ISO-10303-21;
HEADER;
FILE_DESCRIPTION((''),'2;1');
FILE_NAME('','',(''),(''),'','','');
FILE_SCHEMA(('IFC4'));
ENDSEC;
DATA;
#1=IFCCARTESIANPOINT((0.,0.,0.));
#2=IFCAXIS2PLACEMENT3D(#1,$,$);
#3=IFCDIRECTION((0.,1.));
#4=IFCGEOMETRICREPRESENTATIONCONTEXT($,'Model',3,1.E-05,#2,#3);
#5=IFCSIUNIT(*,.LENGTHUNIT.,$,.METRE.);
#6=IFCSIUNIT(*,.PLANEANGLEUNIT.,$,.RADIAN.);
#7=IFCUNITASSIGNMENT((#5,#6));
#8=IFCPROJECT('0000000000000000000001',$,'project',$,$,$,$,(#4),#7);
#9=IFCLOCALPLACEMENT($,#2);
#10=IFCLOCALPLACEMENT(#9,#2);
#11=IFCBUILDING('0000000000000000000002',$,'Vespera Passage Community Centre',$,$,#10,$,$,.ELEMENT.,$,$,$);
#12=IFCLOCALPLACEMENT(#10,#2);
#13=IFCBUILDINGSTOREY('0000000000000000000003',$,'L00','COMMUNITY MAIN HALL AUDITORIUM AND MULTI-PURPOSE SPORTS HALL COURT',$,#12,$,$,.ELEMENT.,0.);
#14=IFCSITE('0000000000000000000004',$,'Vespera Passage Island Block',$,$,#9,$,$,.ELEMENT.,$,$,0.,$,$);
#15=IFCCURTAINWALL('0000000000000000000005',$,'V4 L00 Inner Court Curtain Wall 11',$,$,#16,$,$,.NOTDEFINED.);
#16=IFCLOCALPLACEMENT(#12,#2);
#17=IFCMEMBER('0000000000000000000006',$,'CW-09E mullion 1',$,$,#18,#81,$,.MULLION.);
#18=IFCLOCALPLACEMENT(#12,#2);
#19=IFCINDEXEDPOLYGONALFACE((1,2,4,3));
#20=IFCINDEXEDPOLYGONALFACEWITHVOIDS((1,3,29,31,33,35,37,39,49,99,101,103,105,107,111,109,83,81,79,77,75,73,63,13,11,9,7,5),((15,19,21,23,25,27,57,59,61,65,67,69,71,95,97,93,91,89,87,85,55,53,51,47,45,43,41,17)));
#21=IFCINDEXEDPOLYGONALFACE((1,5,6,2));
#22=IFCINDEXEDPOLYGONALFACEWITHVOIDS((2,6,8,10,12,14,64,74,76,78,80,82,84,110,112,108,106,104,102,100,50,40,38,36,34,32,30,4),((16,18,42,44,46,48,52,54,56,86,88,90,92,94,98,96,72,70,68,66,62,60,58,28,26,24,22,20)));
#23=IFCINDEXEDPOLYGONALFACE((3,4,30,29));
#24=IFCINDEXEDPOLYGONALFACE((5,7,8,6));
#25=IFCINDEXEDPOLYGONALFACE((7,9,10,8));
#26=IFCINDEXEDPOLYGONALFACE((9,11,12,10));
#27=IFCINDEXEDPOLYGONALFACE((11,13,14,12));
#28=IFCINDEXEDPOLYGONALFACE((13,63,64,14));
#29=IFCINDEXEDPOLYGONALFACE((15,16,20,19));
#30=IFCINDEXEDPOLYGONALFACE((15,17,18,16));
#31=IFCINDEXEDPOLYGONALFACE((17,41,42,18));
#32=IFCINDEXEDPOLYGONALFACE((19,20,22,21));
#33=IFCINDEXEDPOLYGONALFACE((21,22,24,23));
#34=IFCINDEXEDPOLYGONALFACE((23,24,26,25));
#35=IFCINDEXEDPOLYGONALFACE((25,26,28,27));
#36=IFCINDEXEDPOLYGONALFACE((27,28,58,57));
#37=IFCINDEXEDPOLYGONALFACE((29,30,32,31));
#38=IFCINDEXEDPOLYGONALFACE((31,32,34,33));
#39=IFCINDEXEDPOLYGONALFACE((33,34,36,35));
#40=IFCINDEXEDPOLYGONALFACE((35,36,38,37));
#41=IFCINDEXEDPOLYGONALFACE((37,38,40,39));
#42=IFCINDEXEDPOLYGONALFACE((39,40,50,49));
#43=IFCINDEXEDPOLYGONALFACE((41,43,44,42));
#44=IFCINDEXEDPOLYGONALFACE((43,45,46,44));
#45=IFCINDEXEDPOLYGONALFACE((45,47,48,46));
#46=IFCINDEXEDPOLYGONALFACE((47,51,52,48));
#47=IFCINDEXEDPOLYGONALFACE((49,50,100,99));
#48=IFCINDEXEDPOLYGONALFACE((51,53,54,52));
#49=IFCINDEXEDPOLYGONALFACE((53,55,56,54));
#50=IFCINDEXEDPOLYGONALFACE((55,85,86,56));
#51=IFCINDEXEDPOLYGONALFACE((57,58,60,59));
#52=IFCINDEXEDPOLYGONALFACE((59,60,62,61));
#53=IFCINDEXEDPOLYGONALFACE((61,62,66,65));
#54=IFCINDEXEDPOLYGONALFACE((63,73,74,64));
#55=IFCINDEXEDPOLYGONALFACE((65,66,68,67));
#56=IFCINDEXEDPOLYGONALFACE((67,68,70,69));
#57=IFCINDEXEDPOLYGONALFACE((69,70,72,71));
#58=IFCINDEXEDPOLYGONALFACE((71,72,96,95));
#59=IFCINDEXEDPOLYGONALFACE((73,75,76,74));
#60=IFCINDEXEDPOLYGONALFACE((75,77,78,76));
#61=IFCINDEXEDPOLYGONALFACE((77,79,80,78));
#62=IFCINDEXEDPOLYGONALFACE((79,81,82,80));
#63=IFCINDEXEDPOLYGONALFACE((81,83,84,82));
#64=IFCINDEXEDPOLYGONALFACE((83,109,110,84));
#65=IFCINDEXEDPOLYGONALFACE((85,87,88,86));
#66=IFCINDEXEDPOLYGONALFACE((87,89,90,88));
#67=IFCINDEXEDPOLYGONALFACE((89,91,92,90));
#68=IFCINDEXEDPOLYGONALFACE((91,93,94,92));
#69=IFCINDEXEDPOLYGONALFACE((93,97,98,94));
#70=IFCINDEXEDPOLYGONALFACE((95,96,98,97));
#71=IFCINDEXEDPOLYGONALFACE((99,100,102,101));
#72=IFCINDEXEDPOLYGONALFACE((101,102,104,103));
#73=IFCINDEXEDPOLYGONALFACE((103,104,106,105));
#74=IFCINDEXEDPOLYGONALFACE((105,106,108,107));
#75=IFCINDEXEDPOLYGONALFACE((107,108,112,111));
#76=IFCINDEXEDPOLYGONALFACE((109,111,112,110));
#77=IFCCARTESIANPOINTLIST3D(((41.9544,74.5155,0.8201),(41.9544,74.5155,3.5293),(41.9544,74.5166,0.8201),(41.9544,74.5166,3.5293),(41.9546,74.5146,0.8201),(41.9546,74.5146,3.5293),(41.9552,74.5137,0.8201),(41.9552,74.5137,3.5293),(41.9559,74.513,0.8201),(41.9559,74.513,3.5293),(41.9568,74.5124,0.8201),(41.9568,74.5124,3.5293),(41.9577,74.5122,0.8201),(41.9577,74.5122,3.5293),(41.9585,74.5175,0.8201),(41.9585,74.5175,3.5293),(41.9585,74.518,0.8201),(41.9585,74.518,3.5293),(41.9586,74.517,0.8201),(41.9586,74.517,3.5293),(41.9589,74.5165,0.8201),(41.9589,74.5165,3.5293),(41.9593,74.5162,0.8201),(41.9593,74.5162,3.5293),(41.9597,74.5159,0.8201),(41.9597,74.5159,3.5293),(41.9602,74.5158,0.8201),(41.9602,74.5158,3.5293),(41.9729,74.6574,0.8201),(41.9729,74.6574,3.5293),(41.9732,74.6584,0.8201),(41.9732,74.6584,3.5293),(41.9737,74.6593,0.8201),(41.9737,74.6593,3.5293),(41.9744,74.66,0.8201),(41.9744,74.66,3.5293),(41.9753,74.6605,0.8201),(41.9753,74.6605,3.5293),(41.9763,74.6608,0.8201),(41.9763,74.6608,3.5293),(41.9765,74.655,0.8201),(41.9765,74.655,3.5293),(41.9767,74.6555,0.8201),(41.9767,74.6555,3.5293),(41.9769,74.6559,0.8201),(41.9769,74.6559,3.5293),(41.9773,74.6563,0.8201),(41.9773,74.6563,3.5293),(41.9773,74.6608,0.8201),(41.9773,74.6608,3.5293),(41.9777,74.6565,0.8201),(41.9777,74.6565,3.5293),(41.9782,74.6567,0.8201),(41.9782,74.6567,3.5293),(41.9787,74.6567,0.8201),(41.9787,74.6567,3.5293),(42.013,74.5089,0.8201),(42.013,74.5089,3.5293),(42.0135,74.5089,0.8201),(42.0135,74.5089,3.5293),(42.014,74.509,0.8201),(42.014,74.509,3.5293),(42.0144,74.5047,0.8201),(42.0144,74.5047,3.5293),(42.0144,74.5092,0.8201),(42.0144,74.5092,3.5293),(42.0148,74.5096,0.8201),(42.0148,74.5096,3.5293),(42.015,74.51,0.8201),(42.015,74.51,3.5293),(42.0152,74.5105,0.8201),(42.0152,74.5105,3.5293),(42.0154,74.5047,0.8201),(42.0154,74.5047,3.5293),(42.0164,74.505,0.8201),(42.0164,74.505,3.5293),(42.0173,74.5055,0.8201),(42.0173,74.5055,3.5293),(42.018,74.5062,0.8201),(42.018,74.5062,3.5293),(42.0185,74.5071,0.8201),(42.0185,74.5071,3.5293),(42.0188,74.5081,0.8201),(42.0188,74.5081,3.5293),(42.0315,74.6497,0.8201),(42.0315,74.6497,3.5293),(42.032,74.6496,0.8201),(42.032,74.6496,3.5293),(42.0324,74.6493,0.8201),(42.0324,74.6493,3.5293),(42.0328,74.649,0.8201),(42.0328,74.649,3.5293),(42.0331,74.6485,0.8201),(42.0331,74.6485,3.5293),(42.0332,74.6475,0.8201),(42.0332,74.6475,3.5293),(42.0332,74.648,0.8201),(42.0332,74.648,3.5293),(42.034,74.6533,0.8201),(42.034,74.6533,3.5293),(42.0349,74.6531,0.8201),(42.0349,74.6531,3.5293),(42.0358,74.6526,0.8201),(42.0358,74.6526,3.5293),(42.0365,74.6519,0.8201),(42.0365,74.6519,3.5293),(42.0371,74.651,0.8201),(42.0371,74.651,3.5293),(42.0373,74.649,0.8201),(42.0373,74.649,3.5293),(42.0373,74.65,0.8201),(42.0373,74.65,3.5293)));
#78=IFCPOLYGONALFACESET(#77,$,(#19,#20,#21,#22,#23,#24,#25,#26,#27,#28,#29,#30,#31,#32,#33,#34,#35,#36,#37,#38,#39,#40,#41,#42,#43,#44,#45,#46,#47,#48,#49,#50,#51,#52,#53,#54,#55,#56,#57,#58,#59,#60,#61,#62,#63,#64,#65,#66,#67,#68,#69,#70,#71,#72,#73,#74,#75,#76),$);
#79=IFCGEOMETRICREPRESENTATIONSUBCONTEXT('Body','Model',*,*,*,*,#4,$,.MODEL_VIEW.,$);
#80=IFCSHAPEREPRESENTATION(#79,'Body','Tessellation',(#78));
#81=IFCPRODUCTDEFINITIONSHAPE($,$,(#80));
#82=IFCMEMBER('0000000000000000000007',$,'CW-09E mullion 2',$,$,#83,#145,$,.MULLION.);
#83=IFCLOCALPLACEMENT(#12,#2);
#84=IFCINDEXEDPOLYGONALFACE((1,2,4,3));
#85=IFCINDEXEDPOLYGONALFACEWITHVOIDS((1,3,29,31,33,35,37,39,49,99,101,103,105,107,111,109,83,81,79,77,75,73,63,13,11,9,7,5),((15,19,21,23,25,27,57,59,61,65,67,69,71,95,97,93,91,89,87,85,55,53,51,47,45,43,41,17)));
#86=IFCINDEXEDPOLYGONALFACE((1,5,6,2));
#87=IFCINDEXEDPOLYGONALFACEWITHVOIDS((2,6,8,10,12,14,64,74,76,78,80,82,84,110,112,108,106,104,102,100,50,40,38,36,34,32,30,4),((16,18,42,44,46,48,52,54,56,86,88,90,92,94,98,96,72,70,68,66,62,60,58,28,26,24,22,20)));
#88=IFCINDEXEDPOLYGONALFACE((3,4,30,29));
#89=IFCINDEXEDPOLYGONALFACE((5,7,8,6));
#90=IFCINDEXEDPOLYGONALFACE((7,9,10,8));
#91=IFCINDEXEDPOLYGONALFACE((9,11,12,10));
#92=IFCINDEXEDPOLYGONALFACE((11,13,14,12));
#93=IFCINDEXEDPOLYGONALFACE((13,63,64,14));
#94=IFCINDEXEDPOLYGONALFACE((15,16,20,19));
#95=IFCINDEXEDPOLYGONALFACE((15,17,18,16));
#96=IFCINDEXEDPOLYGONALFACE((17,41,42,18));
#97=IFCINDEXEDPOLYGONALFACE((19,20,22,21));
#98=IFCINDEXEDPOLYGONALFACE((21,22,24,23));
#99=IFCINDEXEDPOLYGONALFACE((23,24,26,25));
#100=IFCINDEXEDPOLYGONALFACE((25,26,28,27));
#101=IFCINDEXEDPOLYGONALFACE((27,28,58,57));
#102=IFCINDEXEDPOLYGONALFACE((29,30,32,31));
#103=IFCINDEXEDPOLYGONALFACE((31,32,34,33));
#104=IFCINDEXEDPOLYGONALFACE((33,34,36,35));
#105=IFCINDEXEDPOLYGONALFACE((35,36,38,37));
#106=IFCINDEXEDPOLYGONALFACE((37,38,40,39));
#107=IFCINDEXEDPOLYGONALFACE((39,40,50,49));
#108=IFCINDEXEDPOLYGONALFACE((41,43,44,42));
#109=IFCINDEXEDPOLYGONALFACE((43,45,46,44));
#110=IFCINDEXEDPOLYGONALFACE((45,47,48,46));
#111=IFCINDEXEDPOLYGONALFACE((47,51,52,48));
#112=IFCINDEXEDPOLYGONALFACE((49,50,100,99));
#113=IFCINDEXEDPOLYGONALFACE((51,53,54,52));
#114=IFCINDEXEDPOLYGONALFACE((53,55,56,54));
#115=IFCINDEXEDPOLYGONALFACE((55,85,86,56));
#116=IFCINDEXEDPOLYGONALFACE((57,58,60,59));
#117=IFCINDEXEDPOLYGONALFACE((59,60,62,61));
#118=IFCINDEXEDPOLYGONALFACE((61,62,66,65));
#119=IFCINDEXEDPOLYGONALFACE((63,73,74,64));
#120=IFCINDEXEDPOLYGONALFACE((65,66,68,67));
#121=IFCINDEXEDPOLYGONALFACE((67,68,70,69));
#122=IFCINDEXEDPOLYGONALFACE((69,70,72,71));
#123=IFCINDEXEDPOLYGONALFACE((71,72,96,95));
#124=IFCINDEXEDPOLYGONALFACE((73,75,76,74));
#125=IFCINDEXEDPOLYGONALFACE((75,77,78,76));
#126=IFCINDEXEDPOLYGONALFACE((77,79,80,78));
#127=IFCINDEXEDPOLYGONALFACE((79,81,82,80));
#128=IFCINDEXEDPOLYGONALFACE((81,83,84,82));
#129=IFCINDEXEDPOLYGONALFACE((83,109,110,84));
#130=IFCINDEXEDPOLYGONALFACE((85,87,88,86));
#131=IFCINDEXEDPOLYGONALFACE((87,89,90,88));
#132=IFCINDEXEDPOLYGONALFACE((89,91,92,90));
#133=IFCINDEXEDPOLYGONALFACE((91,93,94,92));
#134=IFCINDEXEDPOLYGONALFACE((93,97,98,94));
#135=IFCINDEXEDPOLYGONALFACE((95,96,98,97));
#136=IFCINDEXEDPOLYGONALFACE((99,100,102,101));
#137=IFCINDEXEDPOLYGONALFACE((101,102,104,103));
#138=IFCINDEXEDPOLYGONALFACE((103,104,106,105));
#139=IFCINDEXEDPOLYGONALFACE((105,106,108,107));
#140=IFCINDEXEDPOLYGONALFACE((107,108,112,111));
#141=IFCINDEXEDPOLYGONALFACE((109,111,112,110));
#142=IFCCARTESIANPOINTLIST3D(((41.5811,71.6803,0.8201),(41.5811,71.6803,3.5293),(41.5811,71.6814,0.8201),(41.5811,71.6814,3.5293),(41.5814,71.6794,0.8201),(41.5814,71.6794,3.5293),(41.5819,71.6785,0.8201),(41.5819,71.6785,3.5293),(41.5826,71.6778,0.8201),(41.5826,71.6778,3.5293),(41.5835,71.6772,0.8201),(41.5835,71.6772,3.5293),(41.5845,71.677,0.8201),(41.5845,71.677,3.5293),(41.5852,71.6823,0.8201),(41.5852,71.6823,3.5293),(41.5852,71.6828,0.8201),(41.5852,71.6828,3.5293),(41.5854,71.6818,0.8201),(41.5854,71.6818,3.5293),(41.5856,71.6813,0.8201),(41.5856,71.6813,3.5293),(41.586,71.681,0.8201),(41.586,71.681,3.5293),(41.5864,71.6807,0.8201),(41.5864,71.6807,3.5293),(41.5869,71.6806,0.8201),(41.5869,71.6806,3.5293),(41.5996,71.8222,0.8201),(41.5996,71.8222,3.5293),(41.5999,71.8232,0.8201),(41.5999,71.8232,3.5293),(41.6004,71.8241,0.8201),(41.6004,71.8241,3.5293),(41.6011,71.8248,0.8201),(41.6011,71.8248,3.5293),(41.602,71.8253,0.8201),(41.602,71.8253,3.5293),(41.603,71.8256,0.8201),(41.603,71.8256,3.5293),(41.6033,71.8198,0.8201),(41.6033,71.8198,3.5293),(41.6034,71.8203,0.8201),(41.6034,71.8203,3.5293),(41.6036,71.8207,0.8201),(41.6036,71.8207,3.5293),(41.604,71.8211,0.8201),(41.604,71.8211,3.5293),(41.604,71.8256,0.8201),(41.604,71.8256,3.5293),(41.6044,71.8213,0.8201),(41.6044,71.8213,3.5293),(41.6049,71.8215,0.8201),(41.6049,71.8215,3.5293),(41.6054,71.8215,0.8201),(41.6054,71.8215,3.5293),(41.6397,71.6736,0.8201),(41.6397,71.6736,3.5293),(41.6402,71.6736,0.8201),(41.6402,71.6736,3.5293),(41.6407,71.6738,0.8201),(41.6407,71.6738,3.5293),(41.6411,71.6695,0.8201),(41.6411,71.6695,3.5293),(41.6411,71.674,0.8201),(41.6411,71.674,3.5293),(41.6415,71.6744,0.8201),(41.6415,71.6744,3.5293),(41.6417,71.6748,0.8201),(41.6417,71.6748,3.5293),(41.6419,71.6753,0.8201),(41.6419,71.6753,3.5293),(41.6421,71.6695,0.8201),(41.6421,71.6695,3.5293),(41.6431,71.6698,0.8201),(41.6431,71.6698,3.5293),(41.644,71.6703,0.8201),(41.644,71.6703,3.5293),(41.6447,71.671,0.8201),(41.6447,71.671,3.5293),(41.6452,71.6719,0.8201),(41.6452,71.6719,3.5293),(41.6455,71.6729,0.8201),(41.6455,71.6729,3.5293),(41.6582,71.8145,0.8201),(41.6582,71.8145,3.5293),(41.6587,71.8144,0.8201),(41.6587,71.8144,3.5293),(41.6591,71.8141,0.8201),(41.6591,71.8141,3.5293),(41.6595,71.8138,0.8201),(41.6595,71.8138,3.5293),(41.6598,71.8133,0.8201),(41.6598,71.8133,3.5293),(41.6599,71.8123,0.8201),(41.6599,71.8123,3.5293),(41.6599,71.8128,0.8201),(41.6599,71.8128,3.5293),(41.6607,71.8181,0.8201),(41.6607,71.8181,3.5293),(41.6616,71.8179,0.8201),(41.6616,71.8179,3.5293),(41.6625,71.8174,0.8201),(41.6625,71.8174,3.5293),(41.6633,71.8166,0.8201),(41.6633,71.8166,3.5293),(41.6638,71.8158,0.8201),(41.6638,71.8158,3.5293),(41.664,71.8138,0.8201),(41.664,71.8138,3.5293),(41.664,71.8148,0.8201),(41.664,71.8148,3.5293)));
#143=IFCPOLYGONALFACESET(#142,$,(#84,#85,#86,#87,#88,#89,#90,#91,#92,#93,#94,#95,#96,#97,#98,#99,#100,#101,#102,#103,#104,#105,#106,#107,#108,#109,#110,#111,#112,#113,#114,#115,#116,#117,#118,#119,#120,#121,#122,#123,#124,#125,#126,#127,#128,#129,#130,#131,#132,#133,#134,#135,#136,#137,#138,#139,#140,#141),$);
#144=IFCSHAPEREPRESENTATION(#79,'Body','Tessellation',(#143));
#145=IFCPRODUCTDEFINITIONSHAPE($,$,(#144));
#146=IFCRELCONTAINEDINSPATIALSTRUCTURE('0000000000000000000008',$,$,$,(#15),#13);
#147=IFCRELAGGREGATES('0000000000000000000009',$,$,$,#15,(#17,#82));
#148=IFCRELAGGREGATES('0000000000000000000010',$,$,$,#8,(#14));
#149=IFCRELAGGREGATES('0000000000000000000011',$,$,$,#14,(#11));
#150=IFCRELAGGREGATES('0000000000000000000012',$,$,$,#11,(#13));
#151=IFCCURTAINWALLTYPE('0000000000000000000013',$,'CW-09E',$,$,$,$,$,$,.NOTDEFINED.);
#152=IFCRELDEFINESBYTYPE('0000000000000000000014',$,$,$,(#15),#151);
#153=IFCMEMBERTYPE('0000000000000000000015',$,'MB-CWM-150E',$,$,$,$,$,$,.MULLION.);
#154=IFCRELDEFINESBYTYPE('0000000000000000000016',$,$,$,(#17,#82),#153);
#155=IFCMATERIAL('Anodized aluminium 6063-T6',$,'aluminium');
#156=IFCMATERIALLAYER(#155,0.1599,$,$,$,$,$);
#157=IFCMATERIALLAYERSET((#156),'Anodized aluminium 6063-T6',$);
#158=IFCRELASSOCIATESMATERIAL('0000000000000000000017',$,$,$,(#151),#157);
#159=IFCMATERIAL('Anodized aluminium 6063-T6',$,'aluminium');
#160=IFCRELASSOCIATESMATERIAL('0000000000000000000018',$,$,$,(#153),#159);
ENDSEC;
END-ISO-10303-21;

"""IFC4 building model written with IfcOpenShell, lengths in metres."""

from ifc_helpers import new_model, si_unit, direction, frame, origin, origin_2d, place, context, subcontext, project, spatial, hollow_rectangle, extrude, material, layer, layer_set, material_profile, profile_set, type_object, element, aggregate, save


model = new_model("IFC4")

# Units and contexts
model_context = context("Model", 3, precision=1e-05, world=origin(), true_north=direction((0.0, 1.0)))
body_context = subcontext(model_context, "Body", "Model", "MODEL_VIEW")
ifc_project = project(units=[si_unit("LENGTHUNIT", "METRE"), si_unit("PLANEANGLEUNIT", "RADIAN")], contexts=[model_context])

# Site, building, storey
site_placement = place(None, origin())
site = spatial("IfcSite", under=ifc_project, at=site_placement, Name="Vespera Passage Island Block", CompositionType="ELEMENT", RefElevation=0.0)
building_placement = place(site_placement, origin())
building = spatial("IfcBuilding", under=site, at=building_placement, Name="Vespera Passage Community Centre", CompositionType="ELEMENT")
storey_placement = place(building_placement, origin())
storey = spatial("IfcBuildingStorey", under=building, at=storey_placement, Name="L00", Description="COMMUNITY MAIN HALL AUDITORIUM AND MULTI-PURPOSE SPORTS HALL COURT", CompositionType="ELEMENT", Elevation=0.0)

# Curtain wall, members
ifc_material_1 = material(Name="Anodized aluminium 6063-T6", Category="aluminium")
ifc_layer_1 = layer(ifc_material_1, 0.1599)
ifc_layer_set_1 = layer_set([ifc_layer_1], Name="Anodized aluminium 6063-T6")
curtain_wall_type_1 = type_object("IfcCurtainWallType", Name="CW-09E", PredefinedType="NOTDEFINED", material=ifc_layer_set_1)
curtain_wall_1_placement = place(storey_placement, origin())
curtain_wall_1 = element("IfcCurtainWall", 1, at=curtain_wall_1_placement, inside=storey, type_object=curtain_wall_type_1, Name="V4 L00 Inner Court Curtain Wall 11", PredefinedType="NOTDEFINED")
ifc_material_2 = material(Name="Anodized aluminium 6063-T6", Category="aluminium")
ifc_material_profile_1 = material_profile(ifc_material_2, hollow_rectangle(XDim=0.0649, YDim=0.1499, WallThickness=0.0039, InnerFilletRadius=0.002, OuterFilletRadius=0.0039, at=origin_2d()), Name="ALU150X65X4")
ifc_profile_set_1 = profile_set([ifc_material_profile_1], Name="Anodized aluminium 6063-T6")
member_type_1 = type_object("IfcMemberType", Name="MB-CWM-150E", PredefinedType="MULLION", material=ifc_profile_set_1)
member_1_placement = place(storey_placement, frame((41.9958, 74.5828, 0.8201), z_axis=(0.0, 0.0, 1.0), x_axis=(0.991445, -0.130522, 0.0)))
member_1 = element("IfcMember", 2, at=member_1_placement, type_object=member_type_1, Name="CW-09E mullion 1", PredefinedType="MULLION", context=body_context, shape_type="SweptSolid", body=[
    extrude(hollow_rectangle(XDim=0.0649, YDim=0.1499, WallThickness=0.0039, InnerFilletRadius=0.002, OuterFilletRadius=0.0039, at=origin_2d()), origin(), (0.0, 0.0, 1.0), 2.7092),
])
member_2_placement = place(storey_placement, frame((41.6226, 71.7476, 0.8201), z_axis=(0.0, 0.0, 1.0), x_axis=(0.991445, -0.130522, 0.0)))
member_2 = element("IfcMember", 3, at=member_2_placement, type_object=member_type_1, Name="CW-09E mullion 2", PredefinedType="MULLION", context=body_context, shape_type="SweptSolid", body=[
    extrude(hollow_rectangle(XDim=0.0649, YDim=0.1499, WallThickness=0.0039, InnerFilletRadius=0.002, OuterFilletRadius=0.0039, at=origin_2d()), origin(), (0.0, 0.0, 1.0), 2.7092),
])

aggregate(curtain_wall_1, [member_1, member_2])

save(model, "model.ifc")
